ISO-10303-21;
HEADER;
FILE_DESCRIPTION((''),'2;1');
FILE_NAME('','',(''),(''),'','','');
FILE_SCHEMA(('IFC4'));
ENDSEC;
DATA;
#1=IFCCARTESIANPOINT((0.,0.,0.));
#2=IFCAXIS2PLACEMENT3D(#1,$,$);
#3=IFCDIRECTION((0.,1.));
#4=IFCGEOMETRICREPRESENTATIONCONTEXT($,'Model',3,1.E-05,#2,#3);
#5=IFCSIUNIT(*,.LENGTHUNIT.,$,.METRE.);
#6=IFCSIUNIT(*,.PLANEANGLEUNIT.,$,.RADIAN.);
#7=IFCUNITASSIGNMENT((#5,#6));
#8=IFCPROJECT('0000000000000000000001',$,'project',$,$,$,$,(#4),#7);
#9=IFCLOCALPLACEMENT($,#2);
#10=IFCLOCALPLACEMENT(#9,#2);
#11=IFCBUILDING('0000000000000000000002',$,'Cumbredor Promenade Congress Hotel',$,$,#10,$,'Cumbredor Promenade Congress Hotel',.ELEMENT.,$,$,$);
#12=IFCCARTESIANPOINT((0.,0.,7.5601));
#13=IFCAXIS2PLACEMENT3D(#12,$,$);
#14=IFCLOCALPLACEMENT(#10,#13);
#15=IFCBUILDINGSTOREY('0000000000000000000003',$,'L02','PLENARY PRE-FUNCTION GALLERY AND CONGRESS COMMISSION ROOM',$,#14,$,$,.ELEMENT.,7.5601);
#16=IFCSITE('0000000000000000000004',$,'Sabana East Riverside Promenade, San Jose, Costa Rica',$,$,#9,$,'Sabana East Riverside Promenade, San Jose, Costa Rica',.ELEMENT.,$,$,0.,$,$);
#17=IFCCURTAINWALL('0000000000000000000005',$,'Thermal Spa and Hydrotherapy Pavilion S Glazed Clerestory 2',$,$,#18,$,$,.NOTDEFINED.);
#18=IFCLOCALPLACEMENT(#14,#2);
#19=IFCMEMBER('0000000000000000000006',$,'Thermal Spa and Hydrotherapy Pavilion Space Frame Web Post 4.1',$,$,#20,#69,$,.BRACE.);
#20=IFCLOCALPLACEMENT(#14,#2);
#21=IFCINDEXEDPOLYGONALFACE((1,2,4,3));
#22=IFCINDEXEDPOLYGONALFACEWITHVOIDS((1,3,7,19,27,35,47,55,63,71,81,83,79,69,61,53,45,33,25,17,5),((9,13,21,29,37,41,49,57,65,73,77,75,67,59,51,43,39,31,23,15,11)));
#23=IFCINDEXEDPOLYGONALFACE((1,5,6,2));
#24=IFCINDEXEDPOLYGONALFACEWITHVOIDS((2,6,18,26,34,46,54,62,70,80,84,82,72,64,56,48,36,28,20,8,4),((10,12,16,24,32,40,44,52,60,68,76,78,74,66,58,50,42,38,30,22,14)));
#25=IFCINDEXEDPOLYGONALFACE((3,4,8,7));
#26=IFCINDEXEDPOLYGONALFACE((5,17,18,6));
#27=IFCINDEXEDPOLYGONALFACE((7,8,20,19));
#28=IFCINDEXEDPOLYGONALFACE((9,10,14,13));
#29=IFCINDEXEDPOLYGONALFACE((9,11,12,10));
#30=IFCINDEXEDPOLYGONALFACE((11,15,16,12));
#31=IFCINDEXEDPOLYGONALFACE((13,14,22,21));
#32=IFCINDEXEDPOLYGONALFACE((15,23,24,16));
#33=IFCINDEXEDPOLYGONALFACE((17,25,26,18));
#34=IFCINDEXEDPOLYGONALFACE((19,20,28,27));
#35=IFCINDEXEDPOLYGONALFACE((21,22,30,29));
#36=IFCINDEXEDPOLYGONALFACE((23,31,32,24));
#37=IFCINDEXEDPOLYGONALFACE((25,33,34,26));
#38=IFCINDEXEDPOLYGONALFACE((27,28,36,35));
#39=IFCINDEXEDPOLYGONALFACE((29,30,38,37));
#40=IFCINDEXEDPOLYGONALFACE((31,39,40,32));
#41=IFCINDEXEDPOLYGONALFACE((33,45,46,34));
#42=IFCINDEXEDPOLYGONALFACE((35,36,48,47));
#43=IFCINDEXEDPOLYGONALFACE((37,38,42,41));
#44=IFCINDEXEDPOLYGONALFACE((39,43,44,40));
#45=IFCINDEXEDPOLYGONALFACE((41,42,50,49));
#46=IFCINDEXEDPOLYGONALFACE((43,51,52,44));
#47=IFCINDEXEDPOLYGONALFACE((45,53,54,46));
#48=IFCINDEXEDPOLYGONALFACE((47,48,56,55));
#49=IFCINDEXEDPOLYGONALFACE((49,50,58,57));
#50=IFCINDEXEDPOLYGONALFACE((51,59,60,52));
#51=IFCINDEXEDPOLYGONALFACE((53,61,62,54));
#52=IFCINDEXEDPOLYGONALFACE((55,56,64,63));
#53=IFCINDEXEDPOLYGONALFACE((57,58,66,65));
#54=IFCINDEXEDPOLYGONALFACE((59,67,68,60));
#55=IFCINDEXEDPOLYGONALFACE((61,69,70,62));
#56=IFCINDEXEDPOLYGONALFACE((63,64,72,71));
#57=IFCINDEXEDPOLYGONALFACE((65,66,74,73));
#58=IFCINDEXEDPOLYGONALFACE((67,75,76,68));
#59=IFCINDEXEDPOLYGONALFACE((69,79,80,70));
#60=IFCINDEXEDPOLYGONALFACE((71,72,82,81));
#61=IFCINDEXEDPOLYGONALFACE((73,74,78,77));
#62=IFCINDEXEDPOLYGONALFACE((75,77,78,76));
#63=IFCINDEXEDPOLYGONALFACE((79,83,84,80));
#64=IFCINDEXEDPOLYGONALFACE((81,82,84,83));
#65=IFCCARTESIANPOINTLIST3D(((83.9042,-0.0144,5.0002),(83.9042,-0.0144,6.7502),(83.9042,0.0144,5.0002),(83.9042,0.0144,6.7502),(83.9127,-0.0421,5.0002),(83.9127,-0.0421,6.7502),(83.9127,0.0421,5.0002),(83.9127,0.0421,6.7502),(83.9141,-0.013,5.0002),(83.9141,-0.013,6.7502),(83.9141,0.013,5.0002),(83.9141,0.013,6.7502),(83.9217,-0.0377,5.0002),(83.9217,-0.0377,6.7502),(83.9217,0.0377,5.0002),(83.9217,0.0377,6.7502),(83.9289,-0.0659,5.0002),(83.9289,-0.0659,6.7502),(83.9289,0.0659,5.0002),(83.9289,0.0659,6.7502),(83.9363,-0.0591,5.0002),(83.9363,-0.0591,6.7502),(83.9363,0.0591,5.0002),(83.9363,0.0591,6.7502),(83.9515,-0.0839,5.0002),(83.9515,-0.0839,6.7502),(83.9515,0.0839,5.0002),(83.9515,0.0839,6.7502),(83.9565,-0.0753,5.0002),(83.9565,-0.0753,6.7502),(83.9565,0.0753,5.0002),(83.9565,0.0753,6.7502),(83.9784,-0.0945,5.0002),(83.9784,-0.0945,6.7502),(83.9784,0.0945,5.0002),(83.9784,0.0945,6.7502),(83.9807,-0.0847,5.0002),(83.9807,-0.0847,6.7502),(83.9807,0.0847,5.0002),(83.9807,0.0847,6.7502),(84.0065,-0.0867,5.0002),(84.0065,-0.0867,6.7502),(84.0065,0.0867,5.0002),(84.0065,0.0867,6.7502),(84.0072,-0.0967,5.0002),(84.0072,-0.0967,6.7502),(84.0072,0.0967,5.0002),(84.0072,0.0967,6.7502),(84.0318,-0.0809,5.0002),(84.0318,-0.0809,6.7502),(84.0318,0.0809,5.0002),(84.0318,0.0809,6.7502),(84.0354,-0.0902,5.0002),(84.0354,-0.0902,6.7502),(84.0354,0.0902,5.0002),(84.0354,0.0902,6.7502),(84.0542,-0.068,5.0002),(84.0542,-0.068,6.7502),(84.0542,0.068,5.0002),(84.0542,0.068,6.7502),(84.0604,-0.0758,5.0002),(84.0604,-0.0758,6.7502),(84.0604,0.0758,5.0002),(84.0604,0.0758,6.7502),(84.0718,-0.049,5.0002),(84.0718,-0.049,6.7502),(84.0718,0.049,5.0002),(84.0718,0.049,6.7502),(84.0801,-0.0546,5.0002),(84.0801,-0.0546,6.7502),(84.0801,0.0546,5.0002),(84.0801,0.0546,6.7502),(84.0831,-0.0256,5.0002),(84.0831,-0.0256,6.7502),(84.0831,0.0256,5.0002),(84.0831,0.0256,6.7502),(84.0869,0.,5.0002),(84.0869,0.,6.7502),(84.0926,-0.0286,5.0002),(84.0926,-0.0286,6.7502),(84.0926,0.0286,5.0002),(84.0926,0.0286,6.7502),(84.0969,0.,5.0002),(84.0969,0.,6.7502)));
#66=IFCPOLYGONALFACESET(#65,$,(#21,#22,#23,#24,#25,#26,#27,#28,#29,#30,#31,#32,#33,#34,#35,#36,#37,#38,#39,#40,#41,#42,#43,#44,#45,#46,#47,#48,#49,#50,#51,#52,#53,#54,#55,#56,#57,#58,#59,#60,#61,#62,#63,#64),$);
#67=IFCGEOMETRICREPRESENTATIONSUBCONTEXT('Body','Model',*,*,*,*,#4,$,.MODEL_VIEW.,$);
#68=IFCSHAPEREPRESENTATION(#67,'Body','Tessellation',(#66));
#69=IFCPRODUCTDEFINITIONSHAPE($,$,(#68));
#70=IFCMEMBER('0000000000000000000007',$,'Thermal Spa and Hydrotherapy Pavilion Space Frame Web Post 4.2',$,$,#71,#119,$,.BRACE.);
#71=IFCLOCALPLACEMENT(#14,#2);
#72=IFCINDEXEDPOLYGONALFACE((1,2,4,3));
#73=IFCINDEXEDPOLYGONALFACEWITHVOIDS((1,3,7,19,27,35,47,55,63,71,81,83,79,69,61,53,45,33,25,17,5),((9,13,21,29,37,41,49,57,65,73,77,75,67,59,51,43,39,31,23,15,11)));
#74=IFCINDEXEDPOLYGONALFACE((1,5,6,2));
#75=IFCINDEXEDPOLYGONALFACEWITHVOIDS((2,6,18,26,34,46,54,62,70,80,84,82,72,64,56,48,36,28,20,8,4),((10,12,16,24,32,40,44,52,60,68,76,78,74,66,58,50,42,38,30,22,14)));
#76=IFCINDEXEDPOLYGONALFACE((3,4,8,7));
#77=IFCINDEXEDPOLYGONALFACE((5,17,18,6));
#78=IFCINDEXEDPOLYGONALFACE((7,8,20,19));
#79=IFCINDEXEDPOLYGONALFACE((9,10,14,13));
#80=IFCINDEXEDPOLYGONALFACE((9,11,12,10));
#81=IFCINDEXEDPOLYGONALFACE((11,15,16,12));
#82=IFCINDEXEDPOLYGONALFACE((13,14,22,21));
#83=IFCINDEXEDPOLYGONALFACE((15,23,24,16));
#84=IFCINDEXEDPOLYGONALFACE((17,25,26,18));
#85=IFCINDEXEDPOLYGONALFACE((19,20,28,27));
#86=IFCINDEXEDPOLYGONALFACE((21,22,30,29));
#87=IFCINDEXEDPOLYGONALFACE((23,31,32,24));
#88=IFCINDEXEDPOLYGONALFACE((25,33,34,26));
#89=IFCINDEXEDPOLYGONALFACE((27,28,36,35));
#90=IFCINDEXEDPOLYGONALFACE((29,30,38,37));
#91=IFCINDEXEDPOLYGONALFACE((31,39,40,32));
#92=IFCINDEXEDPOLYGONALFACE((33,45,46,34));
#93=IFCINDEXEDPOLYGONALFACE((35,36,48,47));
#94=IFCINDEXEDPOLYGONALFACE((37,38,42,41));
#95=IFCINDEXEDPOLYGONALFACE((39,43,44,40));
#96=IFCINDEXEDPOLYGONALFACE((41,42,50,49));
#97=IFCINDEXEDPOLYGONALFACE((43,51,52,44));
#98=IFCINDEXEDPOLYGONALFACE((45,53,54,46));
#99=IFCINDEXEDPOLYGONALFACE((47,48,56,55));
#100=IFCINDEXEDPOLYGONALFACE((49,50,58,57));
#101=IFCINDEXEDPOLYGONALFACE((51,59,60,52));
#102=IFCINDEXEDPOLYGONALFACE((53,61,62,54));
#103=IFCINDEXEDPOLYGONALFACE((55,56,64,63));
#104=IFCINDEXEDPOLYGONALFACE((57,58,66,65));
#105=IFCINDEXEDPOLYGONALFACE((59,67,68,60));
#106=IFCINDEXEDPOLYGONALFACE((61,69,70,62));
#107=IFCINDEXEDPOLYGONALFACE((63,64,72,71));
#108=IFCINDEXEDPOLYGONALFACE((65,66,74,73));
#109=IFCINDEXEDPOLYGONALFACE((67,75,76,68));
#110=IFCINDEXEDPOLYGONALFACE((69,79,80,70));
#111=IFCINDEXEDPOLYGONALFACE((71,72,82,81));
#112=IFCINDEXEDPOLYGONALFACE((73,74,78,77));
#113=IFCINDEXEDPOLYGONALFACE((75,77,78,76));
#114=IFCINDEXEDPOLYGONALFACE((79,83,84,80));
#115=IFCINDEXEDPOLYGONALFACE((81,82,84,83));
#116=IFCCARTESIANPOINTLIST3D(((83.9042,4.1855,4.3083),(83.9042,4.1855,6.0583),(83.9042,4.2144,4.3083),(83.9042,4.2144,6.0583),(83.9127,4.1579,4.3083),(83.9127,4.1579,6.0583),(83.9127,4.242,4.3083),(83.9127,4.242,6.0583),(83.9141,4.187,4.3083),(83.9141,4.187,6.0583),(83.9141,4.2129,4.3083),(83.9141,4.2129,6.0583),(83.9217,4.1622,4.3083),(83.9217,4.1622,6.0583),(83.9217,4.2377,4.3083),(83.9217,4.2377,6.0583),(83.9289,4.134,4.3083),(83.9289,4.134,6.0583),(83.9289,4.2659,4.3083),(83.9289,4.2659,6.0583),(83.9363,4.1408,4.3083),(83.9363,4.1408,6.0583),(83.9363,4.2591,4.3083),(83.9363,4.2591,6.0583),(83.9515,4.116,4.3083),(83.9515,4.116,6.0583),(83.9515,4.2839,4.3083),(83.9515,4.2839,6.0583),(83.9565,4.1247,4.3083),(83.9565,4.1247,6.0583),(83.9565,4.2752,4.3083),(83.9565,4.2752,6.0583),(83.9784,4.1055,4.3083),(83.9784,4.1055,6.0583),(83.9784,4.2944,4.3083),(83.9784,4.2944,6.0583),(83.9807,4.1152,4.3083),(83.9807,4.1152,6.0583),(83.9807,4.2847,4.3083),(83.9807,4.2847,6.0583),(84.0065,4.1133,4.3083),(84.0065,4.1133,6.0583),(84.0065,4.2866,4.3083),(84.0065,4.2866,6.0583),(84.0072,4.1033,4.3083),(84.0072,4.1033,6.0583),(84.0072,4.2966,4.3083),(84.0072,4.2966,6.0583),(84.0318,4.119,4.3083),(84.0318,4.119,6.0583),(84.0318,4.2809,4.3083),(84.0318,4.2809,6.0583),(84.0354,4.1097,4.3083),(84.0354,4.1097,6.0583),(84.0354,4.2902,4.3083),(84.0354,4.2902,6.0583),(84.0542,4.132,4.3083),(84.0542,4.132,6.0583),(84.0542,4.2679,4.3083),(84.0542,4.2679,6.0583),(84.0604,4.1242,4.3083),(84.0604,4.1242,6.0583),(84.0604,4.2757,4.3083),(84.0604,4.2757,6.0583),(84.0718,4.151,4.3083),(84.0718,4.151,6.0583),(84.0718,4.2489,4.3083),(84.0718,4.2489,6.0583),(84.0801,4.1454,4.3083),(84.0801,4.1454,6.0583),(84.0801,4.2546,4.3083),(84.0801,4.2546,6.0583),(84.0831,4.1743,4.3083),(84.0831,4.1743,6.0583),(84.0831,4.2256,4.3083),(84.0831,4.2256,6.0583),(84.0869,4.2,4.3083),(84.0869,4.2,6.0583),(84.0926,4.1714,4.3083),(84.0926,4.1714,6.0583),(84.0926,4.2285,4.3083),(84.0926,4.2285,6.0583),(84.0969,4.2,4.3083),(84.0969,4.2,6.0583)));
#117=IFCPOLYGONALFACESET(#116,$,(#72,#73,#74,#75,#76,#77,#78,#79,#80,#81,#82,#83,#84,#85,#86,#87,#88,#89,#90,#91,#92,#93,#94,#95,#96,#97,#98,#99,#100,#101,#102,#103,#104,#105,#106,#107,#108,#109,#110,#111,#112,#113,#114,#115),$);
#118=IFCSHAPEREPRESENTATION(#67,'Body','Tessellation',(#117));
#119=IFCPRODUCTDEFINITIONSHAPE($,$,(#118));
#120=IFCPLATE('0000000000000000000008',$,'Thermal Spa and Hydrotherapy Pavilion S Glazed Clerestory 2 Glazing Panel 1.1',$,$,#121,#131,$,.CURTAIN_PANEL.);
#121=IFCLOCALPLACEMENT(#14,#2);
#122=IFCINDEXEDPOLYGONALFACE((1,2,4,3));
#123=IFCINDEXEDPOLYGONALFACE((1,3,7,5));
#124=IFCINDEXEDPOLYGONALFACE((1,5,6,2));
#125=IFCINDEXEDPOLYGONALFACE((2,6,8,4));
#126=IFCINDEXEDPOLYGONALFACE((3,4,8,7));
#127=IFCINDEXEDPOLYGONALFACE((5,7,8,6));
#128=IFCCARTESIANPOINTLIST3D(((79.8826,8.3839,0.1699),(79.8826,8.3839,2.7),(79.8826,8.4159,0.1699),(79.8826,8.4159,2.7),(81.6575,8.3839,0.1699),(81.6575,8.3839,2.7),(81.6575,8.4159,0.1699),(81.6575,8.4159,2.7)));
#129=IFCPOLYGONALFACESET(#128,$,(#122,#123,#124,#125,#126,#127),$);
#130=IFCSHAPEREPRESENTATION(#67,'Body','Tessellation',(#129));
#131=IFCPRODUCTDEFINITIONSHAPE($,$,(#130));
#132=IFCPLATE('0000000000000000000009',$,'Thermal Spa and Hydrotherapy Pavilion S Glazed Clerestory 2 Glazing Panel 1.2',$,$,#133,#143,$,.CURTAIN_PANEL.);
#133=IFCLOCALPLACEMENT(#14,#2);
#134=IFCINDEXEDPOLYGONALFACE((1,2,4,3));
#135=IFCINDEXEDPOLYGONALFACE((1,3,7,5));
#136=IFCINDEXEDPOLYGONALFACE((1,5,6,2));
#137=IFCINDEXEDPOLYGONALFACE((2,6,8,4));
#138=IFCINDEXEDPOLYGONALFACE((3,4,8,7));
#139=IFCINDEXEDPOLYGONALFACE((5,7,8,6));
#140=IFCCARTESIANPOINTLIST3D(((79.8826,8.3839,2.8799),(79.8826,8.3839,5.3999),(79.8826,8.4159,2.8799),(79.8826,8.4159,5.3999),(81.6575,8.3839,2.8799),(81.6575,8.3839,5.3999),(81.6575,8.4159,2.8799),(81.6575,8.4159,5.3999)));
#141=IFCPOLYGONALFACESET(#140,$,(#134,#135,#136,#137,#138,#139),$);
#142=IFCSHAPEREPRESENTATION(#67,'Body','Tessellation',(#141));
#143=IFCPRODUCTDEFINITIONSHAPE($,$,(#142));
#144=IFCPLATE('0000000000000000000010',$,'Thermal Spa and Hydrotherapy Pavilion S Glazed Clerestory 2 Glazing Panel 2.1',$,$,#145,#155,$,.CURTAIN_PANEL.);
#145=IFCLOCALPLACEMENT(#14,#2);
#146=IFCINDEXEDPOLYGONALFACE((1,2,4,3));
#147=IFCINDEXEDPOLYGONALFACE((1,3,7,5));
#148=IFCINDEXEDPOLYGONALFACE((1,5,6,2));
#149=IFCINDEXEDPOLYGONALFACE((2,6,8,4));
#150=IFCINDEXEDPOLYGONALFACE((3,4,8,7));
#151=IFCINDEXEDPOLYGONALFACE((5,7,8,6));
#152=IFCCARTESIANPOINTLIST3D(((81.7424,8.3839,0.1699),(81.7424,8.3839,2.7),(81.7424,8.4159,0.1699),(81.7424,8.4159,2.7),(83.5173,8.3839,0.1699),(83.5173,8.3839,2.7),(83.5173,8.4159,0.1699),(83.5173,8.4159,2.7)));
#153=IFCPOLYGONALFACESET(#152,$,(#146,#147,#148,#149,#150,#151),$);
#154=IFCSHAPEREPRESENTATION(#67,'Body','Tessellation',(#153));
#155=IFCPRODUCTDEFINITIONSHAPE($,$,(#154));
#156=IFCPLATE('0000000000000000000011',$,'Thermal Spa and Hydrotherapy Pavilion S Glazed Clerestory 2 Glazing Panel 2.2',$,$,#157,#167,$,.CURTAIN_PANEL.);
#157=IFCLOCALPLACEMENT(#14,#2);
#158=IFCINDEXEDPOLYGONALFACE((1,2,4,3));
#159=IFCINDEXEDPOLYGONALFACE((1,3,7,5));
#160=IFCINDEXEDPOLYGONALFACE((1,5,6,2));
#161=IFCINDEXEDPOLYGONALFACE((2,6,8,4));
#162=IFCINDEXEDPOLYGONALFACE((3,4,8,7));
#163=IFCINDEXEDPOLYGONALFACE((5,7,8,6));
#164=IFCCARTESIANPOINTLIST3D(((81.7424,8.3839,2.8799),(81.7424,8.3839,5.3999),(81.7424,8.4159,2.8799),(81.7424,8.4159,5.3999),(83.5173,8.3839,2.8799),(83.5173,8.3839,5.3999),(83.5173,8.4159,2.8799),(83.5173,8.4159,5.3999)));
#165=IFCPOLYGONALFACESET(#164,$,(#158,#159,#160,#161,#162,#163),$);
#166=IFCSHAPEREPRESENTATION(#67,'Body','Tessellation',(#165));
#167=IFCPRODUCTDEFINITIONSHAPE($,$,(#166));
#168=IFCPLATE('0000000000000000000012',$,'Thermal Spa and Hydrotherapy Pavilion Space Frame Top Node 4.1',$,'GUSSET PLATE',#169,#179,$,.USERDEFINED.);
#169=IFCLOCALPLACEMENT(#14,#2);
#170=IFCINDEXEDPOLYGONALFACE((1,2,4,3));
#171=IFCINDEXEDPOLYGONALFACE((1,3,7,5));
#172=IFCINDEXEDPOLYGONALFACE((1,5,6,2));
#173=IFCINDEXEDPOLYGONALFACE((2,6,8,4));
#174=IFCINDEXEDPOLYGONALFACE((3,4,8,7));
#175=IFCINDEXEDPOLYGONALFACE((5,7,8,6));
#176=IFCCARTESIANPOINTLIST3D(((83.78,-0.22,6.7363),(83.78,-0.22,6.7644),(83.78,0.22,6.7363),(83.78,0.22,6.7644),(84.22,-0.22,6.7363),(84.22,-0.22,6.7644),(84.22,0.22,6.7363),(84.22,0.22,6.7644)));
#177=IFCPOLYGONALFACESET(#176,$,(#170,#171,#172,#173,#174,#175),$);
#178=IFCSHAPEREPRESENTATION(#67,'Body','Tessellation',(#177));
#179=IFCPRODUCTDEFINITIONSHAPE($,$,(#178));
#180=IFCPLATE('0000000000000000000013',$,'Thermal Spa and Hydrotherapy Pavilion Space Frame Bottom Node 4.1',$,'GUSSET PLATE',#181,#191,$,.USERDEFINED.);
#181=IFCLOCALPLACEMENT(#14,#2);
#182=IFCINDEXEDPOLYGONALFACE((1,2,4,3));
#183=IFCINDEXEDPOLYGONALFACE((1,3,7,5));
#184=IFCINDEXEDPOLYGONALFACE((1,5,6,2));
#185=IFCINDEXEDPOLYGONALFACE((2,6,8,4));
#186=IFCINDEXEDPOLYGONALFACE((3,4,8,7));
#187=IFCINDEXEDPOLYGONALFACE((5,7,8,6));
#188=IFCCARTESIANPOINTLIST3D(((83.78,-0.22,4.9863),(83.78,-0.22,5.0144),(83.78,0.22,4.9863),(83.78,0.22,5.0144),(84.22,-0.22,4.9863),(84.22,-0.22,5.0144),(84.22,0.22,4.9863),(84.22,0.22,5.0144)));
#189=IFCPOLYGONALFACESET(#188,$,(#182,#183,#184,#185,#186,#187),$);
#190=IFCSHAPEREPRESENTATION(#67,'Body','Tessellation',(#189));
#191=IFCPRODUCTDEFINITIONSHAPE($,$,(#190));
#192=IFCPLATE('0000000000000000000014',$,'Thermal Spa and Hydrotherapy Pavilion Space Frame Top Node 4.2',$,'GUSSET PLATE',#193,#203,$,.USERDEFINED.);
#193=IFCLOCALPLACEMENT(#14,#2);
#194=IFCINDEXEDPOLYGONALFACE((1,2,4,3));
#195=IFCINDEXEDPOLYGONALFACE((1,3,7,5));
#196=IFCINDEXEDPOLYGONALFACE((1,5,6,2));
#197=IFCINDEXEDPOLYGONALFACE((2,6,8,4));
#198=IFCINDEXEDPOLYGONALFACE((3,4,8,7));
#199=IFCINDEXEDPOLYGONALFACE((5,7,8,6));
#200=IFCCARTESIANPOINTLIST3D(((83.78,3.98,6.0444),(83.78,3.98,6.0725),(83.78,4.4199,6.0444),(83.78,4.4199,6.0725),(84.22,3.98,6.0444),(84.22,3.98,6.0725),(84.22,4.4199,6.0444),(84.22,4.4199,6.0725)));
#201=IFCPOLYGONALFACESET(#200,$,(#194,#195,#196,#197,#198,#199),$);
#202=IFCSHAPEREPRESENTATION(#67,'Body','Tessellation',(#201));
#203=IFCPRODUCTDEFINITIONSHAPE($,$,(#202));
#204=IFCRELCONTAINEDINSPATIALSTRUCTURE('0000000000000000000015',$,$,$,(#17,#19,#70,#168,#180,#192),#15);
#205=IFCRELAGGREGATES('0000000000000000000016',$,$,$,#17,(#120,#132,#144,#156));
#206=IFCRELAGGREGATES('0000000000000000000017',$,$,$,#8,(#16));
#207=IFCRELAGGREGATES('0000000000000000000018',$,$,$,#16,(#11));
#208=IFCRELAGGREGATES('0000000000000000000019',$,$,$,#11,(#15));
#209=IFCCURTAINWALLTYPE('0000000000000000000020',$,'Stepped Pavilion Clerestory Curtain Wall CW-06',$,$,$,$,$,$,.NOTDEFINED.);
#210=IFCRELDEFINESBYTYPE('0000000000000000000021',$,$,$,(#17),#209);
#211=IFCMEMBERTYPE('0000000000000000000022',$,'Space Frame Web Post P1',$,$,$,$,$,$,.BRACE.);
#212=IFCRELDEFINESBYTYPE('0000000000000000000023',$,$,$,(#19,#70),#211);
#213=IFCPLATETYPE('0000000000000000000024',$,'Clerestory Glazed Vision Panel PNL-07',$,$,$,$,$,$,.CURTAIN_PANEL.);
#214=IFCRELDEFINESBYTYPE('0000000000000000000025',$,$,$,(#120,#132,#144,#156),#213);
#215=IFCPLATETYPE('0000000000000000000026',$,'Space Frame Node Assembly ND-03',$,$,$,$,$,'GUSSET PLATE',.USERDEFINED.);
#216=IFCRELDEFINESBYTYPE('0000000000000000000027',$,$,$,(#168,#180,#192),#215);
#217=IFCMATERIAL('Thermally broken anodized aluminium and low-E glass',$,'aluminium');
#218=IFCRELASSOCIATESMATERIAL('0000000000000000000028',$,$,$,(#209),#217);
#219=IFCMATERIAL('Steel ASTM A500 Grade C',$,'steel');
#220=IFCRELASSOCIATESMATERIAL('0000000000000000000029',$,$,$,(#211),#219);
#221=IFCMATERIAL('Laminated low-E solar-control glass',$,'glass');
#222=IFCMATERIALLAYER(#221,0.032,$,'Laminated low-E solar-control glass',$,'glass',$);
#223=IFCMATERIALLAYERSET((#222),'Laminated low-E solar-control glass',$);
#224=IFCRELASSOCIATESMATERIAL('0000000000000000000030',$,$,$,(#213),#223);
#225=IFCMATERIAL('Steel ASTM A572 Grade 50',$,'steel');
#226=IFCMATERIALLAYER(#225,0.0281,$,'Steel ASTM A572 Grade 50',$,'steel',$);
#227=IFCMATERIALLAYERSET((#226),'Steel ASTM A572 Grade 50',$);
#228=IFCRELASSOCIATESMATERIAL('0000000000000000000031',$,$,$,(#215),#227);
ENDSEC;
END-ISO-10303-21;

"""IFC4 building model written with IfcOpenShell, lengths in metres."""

from ifc_helpers import new_model, si_unit, direction, frame, origin, origin_2d, place, context, subcontext, project, spatial, rectangle, hollow_circle, extrude, material, layer, layer_set, material_profile, profile_set, type_object, element, aggregate, save


model = new_model("IFC4")

# Units and contexts
model_context = context("Model", 3, precision=1e-05, world=origin(), true_north=direction((0.0, 1.0)))
body_context = subcontext(model_context, "Body", "Model", "MODEL_VIEW")
ifc_project = project(units=[si_unit("LENGTHUNIT", "METRE"), si_unit("PLANEANGLEUNIT", "RADIAN")], contexts=[model_context])

# Site, building, storey
site_placement = place(None, origin())
site = spatial("IfcSite", under=ifc_project, at=site_placement, Name="Sabana East Riverside Promenade, San Jose, Costa Rica", LongName="Sabana East Riverside Promenade, San Jose, Costa Rica", CompositionType="ELEMENT", RefElevation=0.0)
building_placement = place(site_placement, origin())
building = spatial("IfcBuilding", under=site, at=building_placement, Name="Cumbredor Promenade Congress Hotel", LongName="Cumbredor Promenade Congress Hotel", CompositionType="ELEMENT")
storey_placement = place(building_placement, frame((0.0, 0.0, 7.5601)))
storey = spatial("IfcBuildingStorey", under=building, at=storey_placement, Name="L02", Description="PLENARY PRE-FUNCTION GALLERY AND CONGRESS COMMISSION ROOM", CompositionType="ELEMENT", Elevation=7.5601)

# Curtain wall
ifc_material_1 = material(Name="Thermally broken anodized aluminium and low-E glass", Category="aluminium")
curtain_wall_type = type_object("IfcCurtainWallType", Name="Stepped Pavilion Clerestory Curtain Wall CW-06", PredefinedType="NOTDEFINED", material=ifc_material_1)
curtain_wall_placement = place(storey_placement, origin())
curtain_wall = element("IfcCurtainWall", 1, at=curtain_wall_placement, inside=storey, type_object=curtain_wall_type, Name="Thermal Spa and Hydrotherapy Pavilion S Glazed Clerestory 2", PredefinedType="NOTDEFINED")

# Members
ifc_material_2 = material(Name="Steel ASTM A500 Grade C", Category="steel")
ifc_material_profile_1 = material_profile(ifc_material_2, hollow_circle(Radius=0.0969, WallThickness=0.01, at=origin_2d()), Name="CHS 193.7x10")
ifc_profile_set_1 = profile_set([ifc_material_profile_1], Name="Steel ASTM A500 Grade C")
member_type_1 = type_object("IfcMemberType", Name="Space Frame Web Post P1", PredefinedType="BRACE", material=ifc_profile_set_1)
for number, where, z_axis, x_axis, name in (
    (2, (84.0, 0.0, 5.0002), (0.0, 0.0, 1.0), (1.0, 0.0, 0.0), "Thermal Spa and Hydrotherapy Pavilion Space Frame Web Post 4.1"),
    (3, (84.0, 4.2, 4.3083), (0.0, 0.0, 1.0), (1.0, 0.0, 0.0), "Thermal Spa and Hydrotherapy Pavilion Space Frame Web Post 4.2"),
):
    element("IfcMember", number, at=place(storey_placement, frame(where, z_axis=z_axis, x_axis=x_axis)), inside=storey, type_object=member_type_1, Name=name, PredefinedType="BRACE", context=body_context, shape_type="SweptSolid", body=[
        extrude(hollow_circle(Radius=0.0969, WallThickness=0.01, at=origin_2d()), origin(), (0.0, 0.0, 1.0), 1.75),
    ])

# Plates
ifc_material_3 = material(Name="Laminated low-E solar-control glass", Category="glass")
ifc_layer_1 = layer(ifc_material_3, 0.032, Name="Laminated low-E solar-control glass", Category="glass")
ifc_layer_set_1 = layer_set([ifc_layer_1], Name="Laminated low-E solar-control glass")
plate_type_1 = type_object("IfcPlateType", Name="Clerestory Glazed Vision Panel PNL-07", PredefinedType="CURTAIN_PANEL", material=ifc_layer_set_1)
plate_1_placement = place(storey_placement, frame((80.77, 8.3999, 0.1699), z_axis=(0.0, 0.0, 1.0), x_axis=(1.0, 0.0, 0.0)))
plate_1 = element("IfcPlate", 4, at=plate_1_placement, type_object=plate_type_1, Name="Thermal Spa and Hydrotherapy Pavilion S Glazed Clerestory 2 Glazing Panel 1.1", PredefinedType="CURTAIN_PANEL", context=body_context, shape_type="SweptSolid", body=[
    extrude(rectangle(XDim=1.7749, YDim=0.032, at=origin_2d()), origin(), (0.0, 0.0, 1.0), 2.53),
])
plate_2_placement = place(storey_placement, frame((80.77, 8.3999, 2.8799), z_axis=(0.0, 0.0, 1.0), x_axis=(1.0, 0.0, 0.0)))
plate_2 = element("IfcPlate", 5, at=plate_2_placement, type_object=plate_type_1, Name="Thermal Spa and Hydrotherapy Pavilion S Glazed Clerestory 2 Glazing Panel 1.2", PredefinedType="CURTAIN_PANEL", context=body_context, shape_type="SweptSolid", body=[
    extrude(rectangle(XDim=1.7749, YDim=0.032, at=origin_2d()), origin(), (0.0, 0.0, 1.0), 2.52),
])
plate_3_placement = place(storey_placement, frame((82.6299, 8.3999, 0.1699), z_axis=(0.0, 0.0, 1.0), x_axis=(1.0, 0.0, 0.0)))
plate_3 = element("IfcPlate", 6, at=plate_3_placement, type_object=plate_type_1, Name="Thermal Spa and Hydrotherapy Pavilion S Glazed Clerestory 2 Glazing Panel 2.1", PredefinedType="CURTAIN_PANEL", context=body_context, shape_type="SweptSolid", body=[
    extrude(rectangle(XDim=1.7749, YDim=0.032, at=origin_2d()), origin(), (0.0, 0.0, 1.0), 2.53),
])
plate_4_placement = place(storey_placement, frame((82.6299, 8.3999, 2.8799), z_axis=(0.0, 0.0, 1.0), x_axis=(1.0, 0.0, 0.0)))
plate_4 = element("IfcPlate", 7, at=plate_4_placement, type_object=plate_type_1, Name="Thermal Spa and Hydrotherapy Pavilion S Glazed Clerestory 2 Glazing Panel 2.2", PredefinedType="CURTAIN_PANEL", context=body_context, shape_type="SweptSolid", body=[
    extrude(rectangle(XDim=1.7749, YDim=0.032, at=origin_2d()), origin(), (0.0, 0.0, 1.0), 2.52),
])
aggregate(curtain_wall, [plate_1, plate_2, plate_3, plate_4])

# Plates
ifc_material_4 = material(Name="Steel ASTM A572 Grade 50", Category="steel")
ifc_layer_2 = layer(ifc_material_4, 0.0281, Name="Steel ASTM A572 Grade 50", Category="steel")
ifc_layer_set_2 = layer_set([ifc_layer_2], Name="Steel ASTM A572 Grade 50")
plate_type_2 = type_object("IfcPlateType", Name="Space Frame Node Assembly ND-03", ElementType="GUSSET PLATE", PredefinedType="USERDEFINED", material=ifc_layer_set_2)
for number, where, z_axis, x_axis, name in (
    (8, (84.0, 0.0, 6.7363), (0.0, 0.0, 1.0), (1.0, 0.0, 0.0), "Thermal Spa and Hydrotherapy Pavilion Space Frame Top Node 4.1"),
    (9, (84.0, 0.0, 4.9863), (0.0, 0.0, 1.0), (1.0, 0.0, 0.0), "Thermal Spa and Hydrotherapy Pavilion Space Frame Bottom Node 4.1"),
    (10, (84.0, 4.2, 6.0444), (0.0, 0.0, 1.0), (1.0, 0.0, 0.0), "Thermal Spa and Hydrotherapy Pavilion Space Frame Top Node 4.2"),
):
    element("IfcPlate", number, at=place(storey_placement, frame(where, z_axis=z_axis, x_axis=x_axis)), inside=storey, type_object=plate_type_2, Name=name, ObjectType="GUSSET PLATE", PredefinedType="USERDEFINED", context=body_context, shape_type="SweptSolid", body=[
        extrude(rectangle(XDim=0.4399, YDim=0.4399, at=origin_2d()), origin(), (0.0, 0.0, 1.0), 0.0281),
    ])

save(model, "model.ifc")
